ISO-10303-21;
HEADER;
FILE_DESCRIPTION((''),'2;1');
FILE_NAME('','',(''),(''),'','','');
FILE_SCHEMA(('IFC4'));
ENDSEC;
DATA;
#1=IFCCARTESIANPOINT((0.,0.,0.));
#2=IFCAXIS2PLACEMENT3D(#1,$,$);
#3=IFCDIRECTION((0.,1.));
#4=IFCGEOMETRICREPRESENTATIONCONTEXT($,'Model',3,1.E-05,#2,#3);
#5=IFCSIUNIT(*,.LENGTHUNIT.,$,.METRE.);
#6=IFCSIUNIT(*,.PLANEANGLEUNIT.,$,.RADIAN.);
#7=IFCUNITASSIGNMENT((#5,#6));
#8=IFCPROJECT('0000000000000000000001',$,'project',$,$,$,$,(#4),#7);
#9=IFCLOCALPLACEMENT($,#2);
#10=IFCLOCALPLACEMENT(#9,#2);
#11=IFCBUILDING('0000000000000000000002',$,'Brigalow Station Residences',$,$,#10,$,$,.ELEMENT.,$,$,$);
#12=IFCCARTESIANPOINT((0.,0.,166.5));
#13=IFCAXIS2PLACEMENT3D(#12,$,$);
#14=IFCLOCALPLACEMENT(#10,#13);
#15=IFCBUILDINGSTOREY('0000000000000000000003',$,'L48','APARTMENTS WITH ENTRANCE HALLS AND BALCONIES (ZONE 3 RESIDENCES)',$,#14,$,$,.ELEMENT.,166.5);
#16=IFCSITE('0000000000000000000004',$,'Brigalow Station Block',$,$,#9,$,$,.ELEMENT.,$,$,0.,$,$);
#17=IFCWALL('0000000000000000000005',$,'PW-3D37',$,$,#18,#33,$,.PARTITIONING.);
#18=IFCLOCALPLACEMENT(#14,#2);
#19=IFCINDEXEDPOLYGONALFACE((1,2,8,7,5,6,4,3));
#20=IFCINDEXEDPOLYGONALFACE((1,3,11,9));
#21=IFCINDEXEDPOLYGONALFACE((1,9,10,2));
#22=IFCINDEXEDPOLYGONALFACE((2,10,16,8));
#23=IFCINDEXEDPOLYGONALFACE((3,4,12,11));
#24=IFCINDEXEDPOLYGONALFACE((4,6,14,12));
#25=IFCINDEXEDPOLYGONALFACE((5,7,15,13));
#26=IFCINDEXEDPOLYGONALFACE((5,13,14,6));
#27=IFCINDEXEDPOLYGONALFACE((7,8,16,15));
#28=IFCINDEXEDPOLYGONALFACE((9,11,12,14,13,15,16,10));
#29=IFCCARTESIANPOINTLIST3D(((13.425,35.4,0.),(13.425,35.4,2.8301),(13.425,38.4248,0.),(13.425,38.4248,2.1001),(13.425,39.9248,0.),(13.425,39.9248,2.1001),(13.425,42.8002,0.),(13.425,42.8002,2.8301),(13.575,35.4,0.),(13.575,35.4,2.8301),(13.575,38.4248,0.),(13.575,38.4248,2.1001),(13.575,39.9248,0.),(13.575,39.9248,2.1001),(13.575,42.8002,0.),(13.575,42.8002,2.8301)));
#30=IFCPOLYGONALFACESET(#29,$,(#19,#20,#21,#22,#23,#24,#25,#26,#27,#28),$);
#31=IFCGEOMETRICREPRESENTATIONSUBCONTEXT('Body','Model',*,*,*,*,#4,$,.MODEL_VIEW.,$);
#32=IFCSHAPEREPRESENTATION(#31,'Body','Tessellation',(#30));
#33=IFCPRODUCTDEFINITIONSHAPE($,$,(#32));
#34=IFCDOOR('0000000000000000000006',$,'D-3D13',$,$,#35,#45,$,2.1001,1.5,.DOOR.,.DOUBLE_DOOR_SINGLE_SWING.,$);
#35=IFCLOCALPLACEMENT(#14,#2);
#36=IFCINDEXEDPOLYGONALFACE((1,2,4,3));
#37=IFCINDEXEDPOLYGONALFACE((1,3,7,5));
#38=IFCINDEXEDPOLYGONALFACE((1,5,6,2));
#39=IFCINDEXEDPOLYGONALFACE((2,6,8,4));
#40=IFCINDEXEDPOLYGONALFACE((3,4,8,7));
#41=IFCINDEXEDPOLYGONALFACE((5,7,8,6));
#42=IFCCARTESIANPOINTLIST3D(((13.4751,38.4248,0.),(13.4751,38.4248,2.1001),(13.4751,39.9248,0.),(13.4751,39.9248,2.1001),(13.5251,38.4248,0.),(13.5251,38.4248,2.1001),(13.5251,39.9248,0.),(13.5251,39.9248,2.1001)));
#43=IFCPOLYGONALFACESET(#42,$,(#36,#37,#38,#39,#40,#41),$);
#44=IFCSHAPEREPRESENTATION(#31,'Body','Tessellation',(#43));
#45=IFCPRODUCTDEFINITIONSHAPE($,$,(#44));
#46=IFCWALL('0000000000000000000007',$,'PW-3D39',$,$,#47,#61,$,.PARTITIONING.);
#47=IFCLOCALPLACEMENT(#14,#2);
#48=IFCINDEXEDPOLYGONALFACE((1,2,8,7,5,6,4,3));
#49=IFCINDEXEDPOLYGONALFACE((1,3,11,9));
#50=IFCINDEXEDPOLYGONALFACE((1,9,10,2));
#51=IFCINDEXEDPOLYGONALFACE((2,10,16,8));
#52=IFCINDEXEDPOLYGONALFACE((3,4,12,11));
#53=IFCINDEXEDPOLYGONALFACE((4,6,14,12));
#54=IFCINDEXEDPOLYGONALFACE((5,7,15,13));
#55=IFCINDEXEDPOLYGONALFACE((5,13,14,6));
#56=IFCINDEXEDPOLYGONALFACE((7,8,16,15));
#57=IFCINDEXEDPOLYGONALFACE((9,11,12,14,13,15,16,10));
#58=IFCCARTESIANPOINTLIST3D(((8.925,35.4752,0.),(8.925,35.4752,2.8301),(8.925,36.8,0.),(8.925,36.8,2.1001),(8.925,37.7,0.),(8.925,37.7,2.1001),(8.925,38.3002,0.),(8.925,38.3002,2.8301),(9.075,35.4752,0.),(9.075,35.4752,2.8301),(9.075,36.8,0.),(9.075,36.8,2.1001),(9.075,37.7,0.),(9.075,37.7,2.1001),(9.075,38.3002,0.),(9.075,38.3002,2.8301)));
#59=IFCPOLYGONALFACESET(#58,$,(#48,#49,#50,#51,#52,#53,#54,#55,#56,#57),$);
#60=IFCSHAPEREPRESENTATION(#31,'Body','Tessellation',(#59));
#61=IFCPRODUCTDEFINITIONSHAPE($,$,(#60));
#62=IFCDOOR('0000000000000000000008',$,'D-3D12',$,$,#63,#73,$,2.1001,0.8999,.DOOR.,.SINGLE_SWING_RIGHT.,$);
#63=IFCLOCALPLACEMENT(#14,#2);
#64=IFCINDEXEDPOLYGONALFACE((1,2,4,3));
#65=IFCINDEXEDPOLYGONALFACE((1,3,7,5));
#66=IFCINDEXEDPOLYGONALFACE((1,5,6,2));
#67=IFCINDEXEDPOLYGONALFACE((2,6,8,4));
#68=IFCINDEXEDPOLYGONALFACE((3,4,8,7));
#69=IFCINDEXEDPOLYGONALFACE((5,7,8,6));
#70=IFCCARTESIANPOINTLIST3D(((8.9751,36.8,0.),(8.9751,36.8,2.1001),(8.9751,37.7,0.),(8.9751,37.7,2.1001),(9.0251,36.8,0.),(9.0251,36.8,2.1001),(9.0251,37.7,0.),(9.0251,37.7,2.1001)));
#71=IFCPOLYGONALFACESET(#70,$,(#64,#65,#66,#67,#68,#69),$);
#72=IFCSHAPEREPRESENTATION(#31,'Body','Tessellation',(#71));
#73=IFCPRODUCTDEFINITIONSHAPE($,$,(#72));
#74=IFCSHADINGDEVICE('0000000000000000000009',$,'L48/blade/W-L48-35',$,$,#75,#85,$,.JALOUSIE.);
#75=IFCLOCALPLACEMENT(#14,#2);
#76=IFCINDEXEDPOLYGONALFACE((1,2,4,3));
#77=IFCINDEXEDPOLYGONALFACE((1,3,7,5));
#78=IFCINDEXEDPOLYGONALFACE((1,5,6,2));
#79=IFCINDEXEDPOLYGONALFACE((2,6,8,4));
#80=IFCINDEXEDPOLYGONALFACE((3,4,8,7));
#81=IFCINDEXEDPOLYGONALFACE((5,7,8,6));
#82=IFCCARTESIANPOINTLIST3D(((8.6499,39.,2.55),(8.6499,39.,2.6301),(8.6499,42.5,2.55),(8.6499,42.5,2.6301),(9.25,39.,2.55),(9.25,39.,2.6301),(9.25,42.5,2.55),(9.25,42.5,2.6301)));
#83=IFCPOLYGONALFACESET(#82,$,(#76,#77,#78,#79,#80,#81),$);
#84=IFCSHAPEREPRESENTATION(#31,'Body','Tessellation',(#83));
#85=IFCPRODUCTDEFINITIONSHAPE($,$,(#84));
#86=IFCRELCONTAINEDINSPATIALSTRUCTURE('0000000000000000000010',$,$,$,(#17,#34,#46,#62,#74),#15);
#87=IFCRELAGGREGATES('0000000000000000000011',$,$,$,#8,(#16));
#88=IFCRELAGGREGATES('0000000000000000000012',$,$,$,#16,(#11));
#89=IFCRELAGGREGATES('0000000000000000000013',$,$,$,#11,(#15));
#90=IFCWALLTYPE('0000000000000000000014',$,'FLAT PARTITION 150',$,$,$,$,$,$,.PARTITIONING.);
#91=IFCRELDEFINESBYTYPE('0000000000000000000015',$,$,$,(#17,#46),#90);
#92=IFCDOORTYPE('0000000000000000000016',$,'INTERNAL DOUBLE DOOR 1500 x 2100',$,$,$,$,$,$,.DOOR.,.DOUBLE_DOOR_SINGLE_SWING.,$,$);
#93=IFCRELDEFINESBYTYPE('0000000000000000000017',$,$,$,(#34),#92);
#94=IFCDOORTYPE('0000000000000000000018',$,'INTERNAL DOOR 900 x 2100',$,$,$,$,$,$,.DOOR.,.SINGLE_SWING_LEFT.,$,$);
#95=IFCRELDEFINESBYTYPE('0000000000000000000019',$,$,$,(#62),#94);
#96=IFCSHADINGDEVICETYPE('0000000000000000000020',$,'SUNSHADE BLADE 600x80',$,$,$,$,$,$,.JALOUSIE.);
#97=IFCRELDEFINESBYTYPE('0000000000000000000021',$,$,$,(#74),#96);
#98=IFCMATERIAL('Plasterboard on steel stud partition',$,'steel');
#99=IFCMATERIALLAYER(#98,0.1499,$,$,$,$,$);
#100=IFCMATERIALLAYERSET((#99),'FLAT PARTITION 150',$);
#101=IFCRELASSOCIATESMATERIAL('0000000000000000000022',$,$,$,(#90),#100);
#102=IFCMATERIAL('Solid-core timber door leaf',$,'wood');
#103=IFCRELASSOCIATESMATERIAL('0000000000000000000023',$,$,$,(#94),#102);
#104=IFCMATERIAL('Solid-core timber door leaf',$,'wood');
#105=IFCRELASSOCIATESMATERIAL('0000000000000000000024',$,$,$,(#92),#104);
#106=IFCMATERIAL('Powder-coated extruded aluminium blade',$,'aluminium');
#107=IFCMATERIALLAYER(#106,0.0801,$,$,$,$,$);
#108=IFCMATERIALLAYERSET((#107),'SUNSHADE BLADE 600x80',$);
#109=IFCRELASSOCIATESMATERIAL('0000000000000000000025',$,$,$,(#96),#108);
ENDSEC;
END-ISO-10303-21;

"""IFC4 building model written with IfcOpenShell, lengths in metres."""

from ifc_helpers import new_model, si_unit, direction, frame, frame_2d, origin, origin_2d, place, context, subcontext, project, spatial, rectangle, extrude, material, layer, layer_set, type_object, element, fill, save


model = new_model("IFC4")

# Units and contexts
model_context = context("Model", 3, precision=1e-05, world=origin(), true_north=direction((0.0, 1.0)))
body_context = subcontext(model_context, "Body", "Model", "MODEL_VIEW")
ifc_project = project(units=[si_unit("LENGTHUNIT", "METRE"), si_unit("PLANEANGLEUNIT", "RADIAN")], contexts=[model_context])

# Site, building, storey
site_placement = place(None, origin())
site = spatial("IfcSite", under=ifc_project, at=site_placement, Name="Brigalow Station Block", CompositionType="ELEMENT", RefElevation=0.0)
building_placement = place(site_placement, origin())
building = spatial("IfcBuilding", under=site, at=building_placement, Name="Brigalow Station Residences", CompositionType="ELEMENT")
storey_placement = place(building_placement, frame((0.0, 0.0, 166.5)))
storey = spatial("IfcBuildingStorey", under=building, at=storey_placement, Name="L48", Description="APARTMENTS WITH ENTRANCE HALLS AND BALCONIES (ZONE 3 RESIDENCES)", CompositionType="ELEMENT", Elevation=166.5)

# Walls, openings, doors
ifc_material_1 = material(Name="Plasterboard on steel stud partition", Category="steel")
ifc_layer_1 = layer(ifc_material_1, 0.1499)
ifc_layer_set_1 = layer_set([ifc_layer_1], Name="FLAT PARTITION 150")
wall_type_1 = type_object("IfcWallType", Name="FLAT PARTITION 150", PredefinedType="PARTITIONING", material=ifc_layer_set_1)
ifc_material_2 = material(Name="Solid-core timber door leaf", Category="wood")
door_type_1 = type_object("IfcDoorType", Name="INTERNAL DOOR 900 x 2100", OperationType="SINGLE_SWING_LEFT", PredefinedType="DOOR", material=ifc_material_2)
wall_1_placement = place(storey_placement, frame((13.5, 35.3999, 0.0), z_axis=(0.0, 0.0, 1.0), x_axis=(0.0, 1.0, 0.0)))
wall_1 = element("IfcWall", 1, at=wall_1_placement, inside=storey, type_object=wall_type_1, Name="PW-3D37", PredefinedType="PARTITIONING", context=body_context, shape_type="SweptSolid", body=[
    extrude(rectangle(XDim=7.4001, YDim=0.1499, at=frame_2d((3.7002, 0.0))), origin(), (0.0, 0.0, 1.0), 2.8301),
])
opening_1_placement = place(wall_1_placement, frame((3.0249, 0.0, 0.0)))
opening_1 = element("IfcOpeningElement", 2, at=opening_1_placement, cuts=wall_1, PredefinedType="OPENING", context=body_context, shape_type="SweptSolid", body=[
    extrude(rectangle(XDim=1.5, YDim=2.1001, at=frame_2d((0.75, 1.05))), frame((0.0, 0.085, 0.0), z_axis=(0.0, -1.0, 0.0), x_axis=(1.0, 0.0, 0.0)), (0.0, 0.0, 1.0), 0.1699),
])
ifc_material_3 = material(Name="Solid-core timber door leaf", Category="wood")
door_type_2 = type_object("IfcDoorType", Name="INTERNAL DOUBLE DOOR 1500 x 2100", OperationType="DOUBLE_DOOR_SINGLE_SWING", PredefinedType="DOOR", material=ifc_material_3)
door_1_placement = place(opening_1_placement, origin())
door_1 = element("IfcDoor", 3, at=door_1_placement, inside=storey, type_object=door_type_2, Name="D-3D13", OperationType="DOUBLE_DOOR_SINGLE_SWING", OverallHeight=2.1001, OverallWidth=1.5, PredefinedType="DOOR", context=body_context, shape_type="SweptSolid", body=[
    extrude(rectangle(XDim=1.5, YDim=2.1001, at=frame_2d((0.75, 1.05))), frame((0.0, 0.0249, 0.0), z_axis=(0.0, -1.0, 0.0), x_axis=(1.0, 0.0, 0.0)), (0.0, 0.0, 1.0), 0.05),
])
fill(opening_1, door_1)
wall_2_placement = place(storey_placement, frame((9.0, 35.4751, 0.0), z_axis=(0.0, 0.0, 1.0), x_axis=(0.0, 1.0, 0.0)))
wall_2 = element("IfcWall", 4, at=wall_2_placement, inside=storey, type_object=wall_type_1, Name="PW-3D39", PredefinedType="PARTITIONING", context=body_context, shape_type="SweptSolid", body=[
    extrude(rectangle(XDim=2.825, YDim=0.1499, at=frame_2d((1.4126, 0.0))), origin(), (0.0, 0.0, 1.0), 2.8301),
])
opening_2_placement = place(wall_2_placement, frame((1.325, 0.0, 0.0)))
opening_2 = element("IfcOpeningElement", 5, at=opening_2_placement, cuts=wall_2, PredefinedType="OPENING", context=body_context, shape_type="SweptSolid", body=[
    extrude(rectangle(XDim=0.8999, YDim=2.1001, at=frame_2d((0.45, 1.05))), frame((0.0, 0.085, 0.0), z_axis=(0.0, -1.0, 0.0), x_axis=(1.0, 0.0, 0.0)), (0.0, 0.0, 1.0), 0.1699),
])
door_2_placement = place(opening_2_placement, origin())
door_2 = element("IfcDoor", 6, at=door_2_placement, inside=storey, type_object=door_type_1, Name="D-3D12", OperationType="SINGLE_SWING_RIGHT", OverallHeight=2.1001, OverallWidth=0.8999, PredefinedType="DOOR", context=body_context, shape_type="SweptSolid", body=[
    extrude(rectangle(XDim=0.8999, YDim=2.1001, at=frame_2d((0.45, 1.05))), frame((0.0, 0.0249, 0.0), z_axis=(0.0, -1.0, 0.0), x_axis=(1.0, 0.0, 0.0)), (0.0, 0.0, 1.0), 0.05),
])
fill(opening_2, door_2)

# Shading device
ifc_material_4 = material(Name="Powder-coated extruded aluminium blade", Category="aluminium")
ifc_layer_2 = layer(ifc_material_4, 0.0801)
ifc_layer_set_2 = layer_set([ifc_layer_2], Name="SUNSHADE BLADE 600x80")
shading_device_type = type_object("IfcShadingDeviceType", Name="SUNSHADE BLADE 600x80", PredefinedType="JALOUSIE", material=ifc_layer_set_2)
shading_device_placement = place(storey_placement, frame((8.95, 40.75, 2.55), z_axis=(0.0, 0.0, 1.0), x_axis=(0.0, -1.0, 0.0)))
element("IfcShadingDevice", 7, at=shading_device_placement, inside=storey, type_object=shading_device_type, Name="L48/blade/W-L48-35", PredefinedType="JALOUSIE", context=body_context, shape_type="SweptSolid", body=[
    extrude(rectangle(XDim=3.5, YDim=0.6001, at=origin_2d()), origin(), (0.0, 0.0, 1.0), 0.0801),
])

save(model, "model.ifc")
